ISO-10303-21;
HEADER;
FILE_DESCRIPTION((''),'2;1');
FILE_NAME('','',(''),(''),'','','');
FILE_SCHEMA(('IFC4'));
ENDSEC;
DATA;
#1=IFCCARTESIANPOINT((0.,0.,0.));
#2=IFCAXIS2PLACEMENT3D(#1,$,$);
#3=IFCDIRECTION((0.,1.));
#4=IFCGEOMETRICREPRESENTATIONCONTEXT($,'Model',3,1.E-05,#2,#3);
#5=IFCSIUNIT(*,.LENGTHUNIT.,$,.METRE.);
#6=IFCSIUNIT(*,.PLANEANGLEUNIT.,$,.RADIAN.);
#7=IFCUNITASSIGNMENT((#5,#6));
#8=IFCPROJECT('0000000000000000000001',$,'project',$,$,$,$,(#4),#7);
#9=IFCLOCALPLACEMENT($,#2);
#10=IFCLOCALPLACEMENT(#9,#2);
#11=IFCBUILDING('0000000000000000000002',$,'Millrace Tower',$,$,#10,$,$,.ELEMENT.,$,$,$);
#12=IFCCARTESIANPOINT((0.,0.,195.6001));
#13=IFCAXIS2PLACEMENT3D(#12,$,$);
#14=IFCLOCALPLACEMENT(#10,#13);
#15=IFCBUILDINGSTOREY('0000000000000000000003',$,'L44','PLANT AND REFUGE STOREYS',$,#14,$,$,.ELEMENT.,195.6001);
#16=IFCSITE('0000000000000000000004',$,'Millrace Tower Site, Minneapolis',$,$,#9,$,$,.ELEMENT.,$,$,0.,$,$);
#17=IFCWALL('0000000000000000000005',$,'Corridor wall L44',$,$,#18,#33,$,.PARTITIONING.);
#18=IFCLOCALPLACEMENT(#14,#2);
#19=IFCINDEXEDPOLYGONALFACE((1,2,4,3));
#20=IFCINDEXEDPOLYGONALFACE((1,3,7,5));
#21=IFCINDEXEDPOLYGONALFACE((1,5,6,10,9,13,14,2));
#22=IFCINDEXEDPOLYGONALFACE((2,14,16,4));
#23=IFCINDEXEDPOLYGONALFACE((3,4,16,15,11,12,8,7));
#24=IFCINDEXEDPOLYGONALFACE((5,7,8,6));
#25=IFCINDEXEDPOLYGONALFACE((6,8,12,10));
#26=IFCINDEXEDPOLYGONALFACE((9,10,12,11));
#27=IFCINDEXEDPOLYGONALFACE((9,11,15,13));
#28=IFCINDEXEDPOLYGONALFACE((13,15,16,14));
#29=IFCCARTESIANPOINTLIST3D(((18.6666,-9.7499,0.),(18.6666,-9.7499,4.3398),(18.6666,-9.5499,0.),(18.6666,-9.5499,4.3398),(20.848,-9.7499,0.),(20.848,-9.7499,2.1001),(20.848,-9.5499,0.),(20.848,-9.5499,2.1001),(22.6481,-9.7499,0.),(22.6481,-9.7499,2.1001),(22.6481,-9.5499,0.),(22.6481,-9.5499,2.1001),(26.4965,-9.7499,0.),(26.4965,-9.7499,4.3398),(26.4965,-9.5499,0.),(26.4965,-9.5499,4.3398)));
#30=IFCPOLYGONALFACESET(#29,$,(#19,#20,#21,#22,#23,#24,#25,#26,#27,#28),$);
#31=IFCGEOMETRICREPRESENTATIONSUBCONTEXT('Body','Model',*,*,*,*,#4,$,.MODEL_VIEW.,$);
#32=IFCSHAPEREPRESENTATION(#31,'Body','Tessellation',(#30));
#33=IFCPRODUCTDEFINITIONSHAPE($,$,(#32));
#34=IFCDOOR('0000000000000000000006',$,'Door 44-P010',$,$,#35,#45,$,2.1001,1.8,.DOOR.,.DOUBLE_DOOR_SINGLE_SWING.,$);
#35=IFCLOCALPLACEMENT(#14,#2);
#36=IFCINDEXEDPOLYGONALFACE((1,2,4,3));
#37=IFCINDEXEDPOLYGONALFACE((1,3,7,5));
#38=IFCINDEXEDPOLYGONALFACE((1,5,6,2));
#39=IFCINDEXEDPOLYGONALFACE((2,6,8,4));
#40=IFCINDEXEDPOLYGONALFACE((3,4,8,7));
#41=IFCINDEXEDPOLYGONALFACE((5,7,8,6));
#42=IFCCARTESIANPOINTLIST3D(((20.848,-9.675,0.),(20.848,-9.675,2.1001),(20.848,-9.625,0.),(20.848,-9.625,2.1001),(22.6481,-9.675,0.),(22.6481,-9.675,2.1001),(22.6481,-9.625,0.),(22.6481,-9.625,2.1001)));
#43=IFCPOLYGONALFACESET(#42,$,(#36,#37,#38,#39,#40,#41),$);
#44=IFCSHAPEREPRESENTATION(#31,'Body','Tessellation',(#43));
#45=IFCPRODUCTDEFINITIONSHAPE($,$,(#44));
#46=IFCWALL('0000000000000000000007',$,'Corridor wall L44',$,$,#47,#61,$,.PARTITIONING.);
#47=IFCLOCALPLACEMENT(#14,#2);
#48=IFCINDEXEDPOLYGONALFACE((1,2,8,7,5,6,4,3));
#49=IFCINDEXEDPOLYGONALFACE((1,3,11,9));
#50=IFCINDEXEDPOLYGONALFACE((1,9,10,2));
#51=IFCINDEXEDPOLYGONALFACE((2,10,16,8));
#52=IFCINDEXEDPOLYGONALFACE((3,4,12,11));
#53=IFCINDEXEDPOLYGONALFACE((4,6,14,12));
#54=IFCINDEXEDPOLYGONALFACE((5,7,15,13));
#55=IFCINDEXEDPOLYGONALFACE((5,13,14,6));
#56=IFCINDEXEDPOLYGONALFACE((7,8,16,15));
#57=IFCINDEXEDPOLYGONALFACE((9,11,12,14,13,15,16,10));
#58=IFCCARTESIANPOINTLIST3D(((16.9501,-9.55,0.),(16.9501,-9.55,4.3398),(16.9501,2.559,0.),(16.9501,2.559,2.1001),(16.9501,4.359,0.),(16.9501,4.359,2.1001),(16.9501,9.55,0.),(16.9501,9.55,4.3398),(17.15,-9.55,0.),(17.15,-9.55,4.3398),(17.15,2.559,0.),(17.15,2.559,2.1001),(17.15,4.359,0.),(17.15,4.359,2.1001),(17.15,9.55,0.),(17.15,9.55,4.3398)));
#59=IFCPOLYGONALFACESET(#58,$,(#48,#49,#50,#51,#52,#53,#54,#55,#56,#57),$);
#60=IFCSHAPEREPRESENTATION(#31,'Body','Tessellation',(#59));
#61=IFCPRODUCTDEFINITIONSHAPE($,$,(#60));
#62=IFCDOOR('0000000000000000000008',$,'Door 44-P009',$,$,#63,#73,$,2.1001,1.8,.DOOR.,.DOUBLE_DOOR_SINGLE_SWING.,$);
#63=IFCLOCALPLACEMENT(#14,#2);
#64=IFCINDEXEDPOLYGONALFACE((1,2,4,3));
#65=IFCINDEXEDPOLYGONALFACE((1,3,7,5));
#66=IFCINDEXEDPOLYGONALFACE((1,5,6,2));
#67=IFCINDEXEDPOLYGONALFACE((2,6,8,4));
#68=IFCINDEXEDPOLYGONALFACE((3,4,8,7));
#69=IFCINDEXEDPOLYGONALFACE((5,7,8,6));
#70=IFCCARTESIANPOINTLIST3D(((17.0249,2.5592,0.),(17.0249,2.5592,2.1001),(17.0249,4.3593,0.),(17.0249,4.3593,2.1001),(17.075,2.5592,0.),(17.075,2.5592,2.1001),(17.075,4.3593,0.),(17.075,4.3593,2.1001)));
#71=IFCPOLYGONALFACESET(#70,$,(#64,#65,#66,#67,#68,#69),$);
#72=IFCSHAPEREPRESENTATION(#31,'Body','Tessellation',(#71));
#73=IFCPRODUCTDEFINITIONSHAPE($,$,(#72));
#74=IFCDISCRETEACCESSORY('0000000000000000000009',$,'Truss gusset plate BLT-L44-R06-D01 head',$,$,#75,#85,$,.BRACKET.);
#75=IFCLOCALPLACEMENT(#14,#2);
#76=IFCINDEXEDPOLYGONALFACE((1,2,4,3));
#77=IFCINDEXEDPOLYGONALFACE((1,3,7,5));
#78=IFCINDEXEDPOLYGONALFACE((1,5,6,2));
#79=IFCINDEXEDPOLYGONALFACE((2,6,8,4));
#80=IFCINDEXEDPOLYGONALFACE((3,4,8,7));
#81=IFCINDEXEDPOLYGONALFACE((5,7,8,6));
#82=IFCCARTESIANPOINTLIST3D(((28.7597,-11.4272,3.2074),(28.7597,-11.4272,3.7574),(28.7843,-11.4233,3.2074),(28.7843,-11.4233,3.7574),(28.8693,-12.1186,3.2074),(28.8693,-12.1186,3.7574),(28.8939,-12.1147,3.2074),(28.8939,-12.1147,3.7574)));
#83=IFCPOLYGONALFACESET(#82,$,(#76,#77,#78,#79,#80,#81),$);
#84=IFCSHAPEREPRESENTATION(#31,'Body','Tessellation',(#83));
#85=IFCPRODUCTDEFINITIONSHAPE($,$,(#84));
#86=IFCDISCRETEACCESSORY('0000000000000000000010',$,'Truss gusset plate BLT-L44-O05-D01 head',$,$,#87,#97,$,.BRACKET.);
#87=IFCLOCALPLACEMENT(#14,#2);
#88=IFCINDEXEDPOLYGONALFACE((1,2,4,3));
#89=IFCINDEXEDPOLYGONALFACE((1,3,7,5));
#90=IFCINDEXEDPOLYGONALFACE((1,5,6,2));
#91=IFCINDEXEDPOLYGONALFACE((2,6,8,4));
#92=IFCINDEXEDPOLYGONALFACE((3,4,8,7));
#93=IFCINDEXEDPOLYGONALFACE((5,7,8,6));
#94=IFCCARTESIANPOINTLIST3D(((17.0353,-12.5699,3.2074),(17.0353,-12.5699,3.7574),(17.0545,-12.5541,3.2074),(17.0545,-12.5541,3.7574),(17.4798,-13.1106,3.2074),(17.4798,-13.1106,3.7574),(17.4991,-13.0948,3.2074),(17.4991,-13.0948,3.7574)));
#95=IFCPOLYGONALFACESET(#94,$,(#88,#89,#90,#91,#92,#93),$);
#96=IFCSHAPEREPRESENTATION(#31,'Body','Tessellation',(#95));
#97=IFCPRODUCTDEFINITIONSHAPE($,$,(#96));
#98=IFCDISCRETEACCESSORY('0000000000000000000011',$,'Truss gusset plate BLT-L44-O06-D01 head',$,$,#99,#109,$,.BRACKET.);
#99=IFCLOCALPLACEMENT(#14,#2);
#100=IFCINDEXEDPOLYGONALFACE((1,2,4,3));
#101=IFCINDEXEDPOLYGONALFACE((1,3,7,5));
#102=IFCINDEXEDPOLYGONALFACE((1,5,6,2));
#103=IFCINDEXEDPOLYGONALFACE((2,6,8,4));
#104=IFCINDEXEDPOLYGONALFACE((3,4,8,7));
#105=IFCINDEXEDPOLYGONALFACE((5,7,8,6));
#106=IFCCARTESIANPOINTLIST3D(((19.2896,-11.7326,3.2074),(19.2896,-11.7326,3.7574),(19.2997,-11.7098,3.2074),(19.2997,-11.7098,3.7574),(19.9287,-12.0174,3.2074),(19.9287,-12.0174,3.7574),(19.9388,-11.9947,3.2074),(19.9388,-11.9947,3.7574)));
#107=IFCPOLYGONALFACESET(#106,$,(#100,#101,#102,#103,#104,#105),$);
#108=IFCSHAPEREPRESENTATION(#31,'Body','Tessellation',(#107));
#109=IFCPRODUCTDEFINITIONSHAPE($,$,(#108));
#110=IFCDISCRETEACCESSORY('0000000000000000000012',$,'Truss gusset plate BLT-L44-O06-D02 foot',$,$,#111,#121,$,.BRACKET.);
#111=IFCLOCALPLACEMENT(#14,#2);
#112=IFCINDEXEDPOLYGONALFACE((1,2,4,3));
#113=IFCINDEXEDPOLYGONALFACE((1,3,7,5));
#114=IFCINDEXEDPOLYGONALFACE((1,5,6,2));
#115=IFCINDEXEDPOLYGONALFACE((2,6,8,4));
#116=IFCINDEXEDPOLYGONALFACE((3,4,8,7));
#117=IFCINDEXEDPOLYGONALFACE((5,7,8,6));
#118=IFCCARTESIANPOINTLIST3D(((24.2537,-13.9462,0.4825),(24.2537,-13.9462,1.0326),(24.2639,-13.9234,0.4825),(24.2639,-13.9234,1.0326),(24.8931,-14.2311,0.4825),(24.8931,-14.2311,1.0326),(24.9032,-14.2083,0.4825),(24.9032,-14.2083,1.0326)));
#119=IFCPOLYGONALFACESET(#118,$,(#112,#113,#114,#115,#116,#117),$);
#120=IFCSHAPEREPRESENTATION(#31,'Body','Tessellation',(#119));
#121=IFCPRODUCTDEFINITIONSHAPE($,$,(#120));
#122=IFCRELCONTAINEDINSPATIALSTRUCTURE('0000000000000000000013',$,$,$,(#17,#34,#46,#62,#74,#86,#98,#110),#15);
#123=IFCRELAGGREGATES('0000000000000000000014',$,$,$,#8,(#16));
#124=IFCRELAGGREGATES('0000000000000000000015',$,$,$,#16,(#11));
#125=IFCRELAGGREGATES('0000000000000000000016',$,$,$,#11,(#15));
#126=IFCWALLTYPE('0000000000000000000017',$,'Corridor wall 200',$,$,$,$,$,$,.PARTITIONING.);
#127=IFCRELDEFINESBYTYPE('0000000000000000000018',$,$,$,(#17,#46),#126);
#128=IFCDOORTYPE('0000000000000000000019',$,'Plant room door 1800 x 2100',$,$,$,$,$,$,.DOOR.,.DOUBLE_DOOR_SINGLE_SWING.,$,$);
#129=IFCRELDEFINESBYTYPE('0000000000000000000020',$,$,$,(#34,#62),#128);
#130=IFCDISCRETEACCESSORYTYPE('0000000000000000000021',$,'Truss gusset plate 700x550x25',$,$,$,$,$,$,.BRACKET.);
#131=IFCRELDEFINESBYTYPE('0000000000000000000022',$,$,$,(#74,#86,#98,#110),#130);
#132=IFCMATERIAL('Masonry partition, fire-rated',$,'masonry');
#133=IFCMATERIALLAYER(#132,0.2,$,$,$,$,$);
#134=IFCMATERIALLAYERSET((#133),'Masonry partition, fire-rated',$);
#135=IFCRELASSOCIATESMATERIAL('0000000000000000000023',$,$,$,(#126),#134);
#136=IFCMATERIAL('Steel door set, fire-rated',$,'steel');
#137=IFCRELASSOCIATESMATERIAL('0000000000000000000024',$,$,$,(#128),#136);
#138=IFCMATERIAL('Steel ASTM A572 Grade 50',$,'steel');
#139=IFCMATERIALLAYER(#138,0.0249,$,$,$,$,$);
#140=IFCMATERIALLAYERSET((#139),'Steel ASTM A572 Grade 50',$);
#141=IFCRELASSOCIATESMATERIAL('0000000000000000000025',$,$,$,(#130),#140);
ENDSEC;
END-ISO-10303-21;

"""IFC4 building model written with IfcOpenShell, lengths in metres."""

from ifc_helpers import new_model, si_unit, direction, frame, frame_2d, origin, origin_2d, place, context, subcontext, project, spatial, rectangle, extrude, material, layer, layer_set, type_object, element, fill, save


model = new_model("IFC4")

# Units and contexts
model_context = context("Model", 3, precision=1e-05, world=origin(), true_north=direction((0.0, 1.0)))
body_context = subcontext(model_context, "Body", "Model", "MODEL_VIEW")
ifc_project = project(units=[si_unit("LENGTHUNIT", "METRE"), si_unit("PLANEANGLEUNIT", "RADIAN")], contexts=[model_context])

# Site, building, storey
site_placement = place(None, origin())
site = spatial("IfcSite", under=ifc_project, at=site_placement, Name="Millrace Tower Site, Minneapolis", CompositionType="ELEMENT", RefElevation=0.0)
building_placement = place(site_placement, origin())
building = spatial("IfcBuilding", under=site, at=building_placement, Name="Millrace Tower", CompositionType="ELEMENT")
storey_placement = place(building_placement, frame((0.0, 0.0, 195.6001)))
storey = spatial("IfcBuildingStorey", under=building, at=storey_placement, Name="L44", Description="PLANT AND REFUGE STOREYS", CompositionType="ELEMENT", Elevation=195.6001)

# Shared definitions
ifc_material_1 = material(Name="Masonry partition, fire-rated", Category="masonry")
ifc_layer_1 = layer(ifc_material_1, 0.2)
ifc_layer_set_1 = layer_set([ifc_layer_1], Name="Masonry partition, fire-rated")
wall_type = type_object("IfcWallType", Name="Corridor wall 200", PredefinedType="PARTITIONING", material=ifc_layer_set_1)

# Walls, openings, doors
wall_1_placement = place(storey_placement, frame((18.6665, -9.6499, 0.0), z_axis=(0.0, 0.0, 1.0), x_axis=(1.0, 0.0, 0.0)))
wall_1 = element("IfcWall", 1, at=wall_1_placement, inside=storey, type_object=wall_type, Name="Corridor wall L44", PredefinedType="PARTITIONING", context=body_context, shape_type="SweptSolid", body=[
    extrude(rectangle(XDim=7.8298, YDim=0.2, at=frame_2d((3.915, 0.0))), origin(), (0.0, 0.0, 1.0), 4.3398),
])
opening_1_placement = place(wall_1_placement, frame((2.1816, 0.0, 0.0)))
opening_1 = element("IfcOpeningElement", 2, at=opening_1_placement, cuts=wall_1, PredefinedType="OPENING", context=body_context, shape_type="SweptSolid", body=[
    extrude(rectangle(XDim=1.8, YDim=2.1001, at=frame_2d((0.8999, 1.05))), frame((0.0, 0.1099, 0.0), z_axis=(0.0, -1.0, 0.0), x_axis=(1.0, 0.0, 0.0)), (0.0, 0.0, 1.0), 0.22),
])
ifc_material_2 = material(Name="Steel door set, fire-rated", Category="steel")
door_type = type_object("IfcDoorType", Name="Plant room door 1800 x 2100", OperationType="DOUBLE_DOOR_SINGLE_SWING", PredefinedType="DOOR", material=ifc_material_2)
door_1_placement = place(opening_1_placement, origin())
door_1 = element("IfcDoor", 3, at=door_1_placement, inside=storey, type_object=door_type, Name="Door 44-P010", OperationType="DOUBLE_DOOR_SINGLE_SWING", OverallHeight=2.1001, OverallWidth=1.8, PredefinedType="DOOR", context=body_context, shape_type="SweptSolid", body=[
    extrude(rectangle(XDim=1.8, YDim=2.1001, at=frame_2d((0.8999, 1.05))), frame((0.0, 0.0249, 0.0), z_axis=(0.0, -1.0, 0.0), x_axis=(1.0, 0.0, 0.0)), (0.0, 0.0, 1.0), 0.05),
])
fill(opening_1, door_1)
wall_2_placement = place(storey_placement, frame((17.05, -9.55, 0.0), z_axis=(0.0, 0.0, 1.0), x_axis=(0.0, 1.0, 0.0)))
wall_2 = element("IfcWall", 4, at=wall_2_placement, inside=storey, type_object=wall_type, Name="Corridor wall L44", PredefinedType="PARTITIONING", context=body_context, shape_type="SweptSolid", body=[
    extrude(rectangle(XDim=19.1001, YDim=0.2, at=frame_2d((9.55, 0.0))), origin(), (0.0, 0.0, 1.0), 4.3398),
])
opening_2_placement = place(wall_2_placement, frame((12.1091, 0.0, 0.0)))
opening_2 = element("IfcOpeningElement", 5, at=opening_2_placement, cuts=wall_2, PredefinedType="OPENING", context=body_context, shape_type="SweptSolid", body=[
    extrude(rectangle(XDim=1.8, YDim=2.1001, at=frame_2d((0.8999, 1.05))), frame((0.0, 0.1099, 0.0), z_axis=(0.0, -1.0, 0.0), x_axis=(1.0, 0.0, 0.0)), (0.0, 0.0, 1.0), 0.22),
])
door_2_placement = place(opening_2_placement, frame((1.8, 0.0, 0.0), z_axis=(0.0, 0.0, 1.0), x_axis=(-1.0, 0.0, 0.0)))
door_2 = element("IfcDoor", 6, at=door_2_placement, inside=storey, type_object=door_type, Name="Door 44-P009", OperationType="DOUBLE_DOOR_SINGLE_SWING", OverallHeight=2.1001, OverallWidth=1.8, PredefinedType="DOOR", context=body_context, shape_type="SweptSolid", body=[
    extrude(rectangle(XDim=1.8, YDim=2.1001, at=frame_2d((0.8999, 1.05))), frame((0.0, 0.0249, 0.0), z_axis=(0.0, -1.0, 0.0), x_axis=(1.0, 0.0, 0.0)), (0.0, 0.0, 1.0), 0.05),
])
fill(opening_2, door_2)

# Discrete accessories
ifc_material_3 = material(Name="Steel ASTM A572 Grade 50", Category="steel")
ifc_layer_2 = layer(ifc_material_3, 0.0249)
ifc_layer_set_2 = layer_set([ifc_layer_2], Name="Steel ASTM A572 Grade 50")
discrete_accessory_type = type_object("IfcDiscreteAccessoryType", Name="Truss gusset plate 700x550x25", PredefinedType="BRACKET", material=ifc_layer_set_2)
for number, where, z_axis, x_axis, name in (
    (7, (28.772, -11.4253, 3.4824), (0.156589, -0.987664, 0.0), (0.987664, 0.156589, 0.0), "Truss gusset plate BLT-L44-R06-D01 head"),
    (8, (17.0449, -12.562, 3.4824), (0.635059, -0.772464, 0.0), (0.772464, 0.635059, 0.0), "Truss gusset plate BLT-L44-O05-D01 head"),
):
    element("IfcDiscreteAccessory", number, at=place(storey_placement, frame(where, z_axis=z_axis, x_axis=x_axis)), inside=storey, type_object=discrete_accessory_type, Name=name, PredefinedType="BRACKET", context=body_context, shape_type="SweptSolid", body=[
        extrude(rectangle(XDim=0.0249, YDim=0.55, at=origin_2d()), origin(), (0.0, 0.0, 1.0), 0.7),
    ])
discrete_accessory_1_placement = place(storey_placement, frame((19.2947, -11.7212, 3.4824), z_axis=(0.913365, -0.407142, 0.0), x_axis=(0.407142, 0.913365, 0.0)))
element("IfcDiscreteAccessory", 9, at=discrete_accessory_1_placement, inside=storey, type_object=discrete_accessory_type, Name="Truss gusset plate BLT-L44-O06-D01 head", PredefinedType="BRACKET", context=body_context, shape_type="SweptSolid", body=[
    extrude(rectangle(XDim=0.0249, YDim=0.55, at=origin_2d()), origin(), (0.0, 0.0, 1.0), 0.6997),
])
discrete_accessory_2_placement = place(storey_placement, frame((24.2588, -13.9348, 0.7576), z_axis=(0.913423, -0.407012, 0.0), x_axis=(0.407012, 0.913423, 0.0)))
element("IfcDiscreteAccessory", 10, at=discrete_accessory_2_placement, inside=storey, type_object=discrete_accessory_type, Name="Truss gusset plate BLT-L44-O06-D02 foot", PredefinedType="BRACKET", context=body_context, shape_type="SweptSolid", body=[
    extrude(rectangle(XDim=0.0249, YDim=0.55, at=origin_2d()), origin(), (0.0, 0.0, 1.0), 0.7),
])

save(model, "model.ifc")
